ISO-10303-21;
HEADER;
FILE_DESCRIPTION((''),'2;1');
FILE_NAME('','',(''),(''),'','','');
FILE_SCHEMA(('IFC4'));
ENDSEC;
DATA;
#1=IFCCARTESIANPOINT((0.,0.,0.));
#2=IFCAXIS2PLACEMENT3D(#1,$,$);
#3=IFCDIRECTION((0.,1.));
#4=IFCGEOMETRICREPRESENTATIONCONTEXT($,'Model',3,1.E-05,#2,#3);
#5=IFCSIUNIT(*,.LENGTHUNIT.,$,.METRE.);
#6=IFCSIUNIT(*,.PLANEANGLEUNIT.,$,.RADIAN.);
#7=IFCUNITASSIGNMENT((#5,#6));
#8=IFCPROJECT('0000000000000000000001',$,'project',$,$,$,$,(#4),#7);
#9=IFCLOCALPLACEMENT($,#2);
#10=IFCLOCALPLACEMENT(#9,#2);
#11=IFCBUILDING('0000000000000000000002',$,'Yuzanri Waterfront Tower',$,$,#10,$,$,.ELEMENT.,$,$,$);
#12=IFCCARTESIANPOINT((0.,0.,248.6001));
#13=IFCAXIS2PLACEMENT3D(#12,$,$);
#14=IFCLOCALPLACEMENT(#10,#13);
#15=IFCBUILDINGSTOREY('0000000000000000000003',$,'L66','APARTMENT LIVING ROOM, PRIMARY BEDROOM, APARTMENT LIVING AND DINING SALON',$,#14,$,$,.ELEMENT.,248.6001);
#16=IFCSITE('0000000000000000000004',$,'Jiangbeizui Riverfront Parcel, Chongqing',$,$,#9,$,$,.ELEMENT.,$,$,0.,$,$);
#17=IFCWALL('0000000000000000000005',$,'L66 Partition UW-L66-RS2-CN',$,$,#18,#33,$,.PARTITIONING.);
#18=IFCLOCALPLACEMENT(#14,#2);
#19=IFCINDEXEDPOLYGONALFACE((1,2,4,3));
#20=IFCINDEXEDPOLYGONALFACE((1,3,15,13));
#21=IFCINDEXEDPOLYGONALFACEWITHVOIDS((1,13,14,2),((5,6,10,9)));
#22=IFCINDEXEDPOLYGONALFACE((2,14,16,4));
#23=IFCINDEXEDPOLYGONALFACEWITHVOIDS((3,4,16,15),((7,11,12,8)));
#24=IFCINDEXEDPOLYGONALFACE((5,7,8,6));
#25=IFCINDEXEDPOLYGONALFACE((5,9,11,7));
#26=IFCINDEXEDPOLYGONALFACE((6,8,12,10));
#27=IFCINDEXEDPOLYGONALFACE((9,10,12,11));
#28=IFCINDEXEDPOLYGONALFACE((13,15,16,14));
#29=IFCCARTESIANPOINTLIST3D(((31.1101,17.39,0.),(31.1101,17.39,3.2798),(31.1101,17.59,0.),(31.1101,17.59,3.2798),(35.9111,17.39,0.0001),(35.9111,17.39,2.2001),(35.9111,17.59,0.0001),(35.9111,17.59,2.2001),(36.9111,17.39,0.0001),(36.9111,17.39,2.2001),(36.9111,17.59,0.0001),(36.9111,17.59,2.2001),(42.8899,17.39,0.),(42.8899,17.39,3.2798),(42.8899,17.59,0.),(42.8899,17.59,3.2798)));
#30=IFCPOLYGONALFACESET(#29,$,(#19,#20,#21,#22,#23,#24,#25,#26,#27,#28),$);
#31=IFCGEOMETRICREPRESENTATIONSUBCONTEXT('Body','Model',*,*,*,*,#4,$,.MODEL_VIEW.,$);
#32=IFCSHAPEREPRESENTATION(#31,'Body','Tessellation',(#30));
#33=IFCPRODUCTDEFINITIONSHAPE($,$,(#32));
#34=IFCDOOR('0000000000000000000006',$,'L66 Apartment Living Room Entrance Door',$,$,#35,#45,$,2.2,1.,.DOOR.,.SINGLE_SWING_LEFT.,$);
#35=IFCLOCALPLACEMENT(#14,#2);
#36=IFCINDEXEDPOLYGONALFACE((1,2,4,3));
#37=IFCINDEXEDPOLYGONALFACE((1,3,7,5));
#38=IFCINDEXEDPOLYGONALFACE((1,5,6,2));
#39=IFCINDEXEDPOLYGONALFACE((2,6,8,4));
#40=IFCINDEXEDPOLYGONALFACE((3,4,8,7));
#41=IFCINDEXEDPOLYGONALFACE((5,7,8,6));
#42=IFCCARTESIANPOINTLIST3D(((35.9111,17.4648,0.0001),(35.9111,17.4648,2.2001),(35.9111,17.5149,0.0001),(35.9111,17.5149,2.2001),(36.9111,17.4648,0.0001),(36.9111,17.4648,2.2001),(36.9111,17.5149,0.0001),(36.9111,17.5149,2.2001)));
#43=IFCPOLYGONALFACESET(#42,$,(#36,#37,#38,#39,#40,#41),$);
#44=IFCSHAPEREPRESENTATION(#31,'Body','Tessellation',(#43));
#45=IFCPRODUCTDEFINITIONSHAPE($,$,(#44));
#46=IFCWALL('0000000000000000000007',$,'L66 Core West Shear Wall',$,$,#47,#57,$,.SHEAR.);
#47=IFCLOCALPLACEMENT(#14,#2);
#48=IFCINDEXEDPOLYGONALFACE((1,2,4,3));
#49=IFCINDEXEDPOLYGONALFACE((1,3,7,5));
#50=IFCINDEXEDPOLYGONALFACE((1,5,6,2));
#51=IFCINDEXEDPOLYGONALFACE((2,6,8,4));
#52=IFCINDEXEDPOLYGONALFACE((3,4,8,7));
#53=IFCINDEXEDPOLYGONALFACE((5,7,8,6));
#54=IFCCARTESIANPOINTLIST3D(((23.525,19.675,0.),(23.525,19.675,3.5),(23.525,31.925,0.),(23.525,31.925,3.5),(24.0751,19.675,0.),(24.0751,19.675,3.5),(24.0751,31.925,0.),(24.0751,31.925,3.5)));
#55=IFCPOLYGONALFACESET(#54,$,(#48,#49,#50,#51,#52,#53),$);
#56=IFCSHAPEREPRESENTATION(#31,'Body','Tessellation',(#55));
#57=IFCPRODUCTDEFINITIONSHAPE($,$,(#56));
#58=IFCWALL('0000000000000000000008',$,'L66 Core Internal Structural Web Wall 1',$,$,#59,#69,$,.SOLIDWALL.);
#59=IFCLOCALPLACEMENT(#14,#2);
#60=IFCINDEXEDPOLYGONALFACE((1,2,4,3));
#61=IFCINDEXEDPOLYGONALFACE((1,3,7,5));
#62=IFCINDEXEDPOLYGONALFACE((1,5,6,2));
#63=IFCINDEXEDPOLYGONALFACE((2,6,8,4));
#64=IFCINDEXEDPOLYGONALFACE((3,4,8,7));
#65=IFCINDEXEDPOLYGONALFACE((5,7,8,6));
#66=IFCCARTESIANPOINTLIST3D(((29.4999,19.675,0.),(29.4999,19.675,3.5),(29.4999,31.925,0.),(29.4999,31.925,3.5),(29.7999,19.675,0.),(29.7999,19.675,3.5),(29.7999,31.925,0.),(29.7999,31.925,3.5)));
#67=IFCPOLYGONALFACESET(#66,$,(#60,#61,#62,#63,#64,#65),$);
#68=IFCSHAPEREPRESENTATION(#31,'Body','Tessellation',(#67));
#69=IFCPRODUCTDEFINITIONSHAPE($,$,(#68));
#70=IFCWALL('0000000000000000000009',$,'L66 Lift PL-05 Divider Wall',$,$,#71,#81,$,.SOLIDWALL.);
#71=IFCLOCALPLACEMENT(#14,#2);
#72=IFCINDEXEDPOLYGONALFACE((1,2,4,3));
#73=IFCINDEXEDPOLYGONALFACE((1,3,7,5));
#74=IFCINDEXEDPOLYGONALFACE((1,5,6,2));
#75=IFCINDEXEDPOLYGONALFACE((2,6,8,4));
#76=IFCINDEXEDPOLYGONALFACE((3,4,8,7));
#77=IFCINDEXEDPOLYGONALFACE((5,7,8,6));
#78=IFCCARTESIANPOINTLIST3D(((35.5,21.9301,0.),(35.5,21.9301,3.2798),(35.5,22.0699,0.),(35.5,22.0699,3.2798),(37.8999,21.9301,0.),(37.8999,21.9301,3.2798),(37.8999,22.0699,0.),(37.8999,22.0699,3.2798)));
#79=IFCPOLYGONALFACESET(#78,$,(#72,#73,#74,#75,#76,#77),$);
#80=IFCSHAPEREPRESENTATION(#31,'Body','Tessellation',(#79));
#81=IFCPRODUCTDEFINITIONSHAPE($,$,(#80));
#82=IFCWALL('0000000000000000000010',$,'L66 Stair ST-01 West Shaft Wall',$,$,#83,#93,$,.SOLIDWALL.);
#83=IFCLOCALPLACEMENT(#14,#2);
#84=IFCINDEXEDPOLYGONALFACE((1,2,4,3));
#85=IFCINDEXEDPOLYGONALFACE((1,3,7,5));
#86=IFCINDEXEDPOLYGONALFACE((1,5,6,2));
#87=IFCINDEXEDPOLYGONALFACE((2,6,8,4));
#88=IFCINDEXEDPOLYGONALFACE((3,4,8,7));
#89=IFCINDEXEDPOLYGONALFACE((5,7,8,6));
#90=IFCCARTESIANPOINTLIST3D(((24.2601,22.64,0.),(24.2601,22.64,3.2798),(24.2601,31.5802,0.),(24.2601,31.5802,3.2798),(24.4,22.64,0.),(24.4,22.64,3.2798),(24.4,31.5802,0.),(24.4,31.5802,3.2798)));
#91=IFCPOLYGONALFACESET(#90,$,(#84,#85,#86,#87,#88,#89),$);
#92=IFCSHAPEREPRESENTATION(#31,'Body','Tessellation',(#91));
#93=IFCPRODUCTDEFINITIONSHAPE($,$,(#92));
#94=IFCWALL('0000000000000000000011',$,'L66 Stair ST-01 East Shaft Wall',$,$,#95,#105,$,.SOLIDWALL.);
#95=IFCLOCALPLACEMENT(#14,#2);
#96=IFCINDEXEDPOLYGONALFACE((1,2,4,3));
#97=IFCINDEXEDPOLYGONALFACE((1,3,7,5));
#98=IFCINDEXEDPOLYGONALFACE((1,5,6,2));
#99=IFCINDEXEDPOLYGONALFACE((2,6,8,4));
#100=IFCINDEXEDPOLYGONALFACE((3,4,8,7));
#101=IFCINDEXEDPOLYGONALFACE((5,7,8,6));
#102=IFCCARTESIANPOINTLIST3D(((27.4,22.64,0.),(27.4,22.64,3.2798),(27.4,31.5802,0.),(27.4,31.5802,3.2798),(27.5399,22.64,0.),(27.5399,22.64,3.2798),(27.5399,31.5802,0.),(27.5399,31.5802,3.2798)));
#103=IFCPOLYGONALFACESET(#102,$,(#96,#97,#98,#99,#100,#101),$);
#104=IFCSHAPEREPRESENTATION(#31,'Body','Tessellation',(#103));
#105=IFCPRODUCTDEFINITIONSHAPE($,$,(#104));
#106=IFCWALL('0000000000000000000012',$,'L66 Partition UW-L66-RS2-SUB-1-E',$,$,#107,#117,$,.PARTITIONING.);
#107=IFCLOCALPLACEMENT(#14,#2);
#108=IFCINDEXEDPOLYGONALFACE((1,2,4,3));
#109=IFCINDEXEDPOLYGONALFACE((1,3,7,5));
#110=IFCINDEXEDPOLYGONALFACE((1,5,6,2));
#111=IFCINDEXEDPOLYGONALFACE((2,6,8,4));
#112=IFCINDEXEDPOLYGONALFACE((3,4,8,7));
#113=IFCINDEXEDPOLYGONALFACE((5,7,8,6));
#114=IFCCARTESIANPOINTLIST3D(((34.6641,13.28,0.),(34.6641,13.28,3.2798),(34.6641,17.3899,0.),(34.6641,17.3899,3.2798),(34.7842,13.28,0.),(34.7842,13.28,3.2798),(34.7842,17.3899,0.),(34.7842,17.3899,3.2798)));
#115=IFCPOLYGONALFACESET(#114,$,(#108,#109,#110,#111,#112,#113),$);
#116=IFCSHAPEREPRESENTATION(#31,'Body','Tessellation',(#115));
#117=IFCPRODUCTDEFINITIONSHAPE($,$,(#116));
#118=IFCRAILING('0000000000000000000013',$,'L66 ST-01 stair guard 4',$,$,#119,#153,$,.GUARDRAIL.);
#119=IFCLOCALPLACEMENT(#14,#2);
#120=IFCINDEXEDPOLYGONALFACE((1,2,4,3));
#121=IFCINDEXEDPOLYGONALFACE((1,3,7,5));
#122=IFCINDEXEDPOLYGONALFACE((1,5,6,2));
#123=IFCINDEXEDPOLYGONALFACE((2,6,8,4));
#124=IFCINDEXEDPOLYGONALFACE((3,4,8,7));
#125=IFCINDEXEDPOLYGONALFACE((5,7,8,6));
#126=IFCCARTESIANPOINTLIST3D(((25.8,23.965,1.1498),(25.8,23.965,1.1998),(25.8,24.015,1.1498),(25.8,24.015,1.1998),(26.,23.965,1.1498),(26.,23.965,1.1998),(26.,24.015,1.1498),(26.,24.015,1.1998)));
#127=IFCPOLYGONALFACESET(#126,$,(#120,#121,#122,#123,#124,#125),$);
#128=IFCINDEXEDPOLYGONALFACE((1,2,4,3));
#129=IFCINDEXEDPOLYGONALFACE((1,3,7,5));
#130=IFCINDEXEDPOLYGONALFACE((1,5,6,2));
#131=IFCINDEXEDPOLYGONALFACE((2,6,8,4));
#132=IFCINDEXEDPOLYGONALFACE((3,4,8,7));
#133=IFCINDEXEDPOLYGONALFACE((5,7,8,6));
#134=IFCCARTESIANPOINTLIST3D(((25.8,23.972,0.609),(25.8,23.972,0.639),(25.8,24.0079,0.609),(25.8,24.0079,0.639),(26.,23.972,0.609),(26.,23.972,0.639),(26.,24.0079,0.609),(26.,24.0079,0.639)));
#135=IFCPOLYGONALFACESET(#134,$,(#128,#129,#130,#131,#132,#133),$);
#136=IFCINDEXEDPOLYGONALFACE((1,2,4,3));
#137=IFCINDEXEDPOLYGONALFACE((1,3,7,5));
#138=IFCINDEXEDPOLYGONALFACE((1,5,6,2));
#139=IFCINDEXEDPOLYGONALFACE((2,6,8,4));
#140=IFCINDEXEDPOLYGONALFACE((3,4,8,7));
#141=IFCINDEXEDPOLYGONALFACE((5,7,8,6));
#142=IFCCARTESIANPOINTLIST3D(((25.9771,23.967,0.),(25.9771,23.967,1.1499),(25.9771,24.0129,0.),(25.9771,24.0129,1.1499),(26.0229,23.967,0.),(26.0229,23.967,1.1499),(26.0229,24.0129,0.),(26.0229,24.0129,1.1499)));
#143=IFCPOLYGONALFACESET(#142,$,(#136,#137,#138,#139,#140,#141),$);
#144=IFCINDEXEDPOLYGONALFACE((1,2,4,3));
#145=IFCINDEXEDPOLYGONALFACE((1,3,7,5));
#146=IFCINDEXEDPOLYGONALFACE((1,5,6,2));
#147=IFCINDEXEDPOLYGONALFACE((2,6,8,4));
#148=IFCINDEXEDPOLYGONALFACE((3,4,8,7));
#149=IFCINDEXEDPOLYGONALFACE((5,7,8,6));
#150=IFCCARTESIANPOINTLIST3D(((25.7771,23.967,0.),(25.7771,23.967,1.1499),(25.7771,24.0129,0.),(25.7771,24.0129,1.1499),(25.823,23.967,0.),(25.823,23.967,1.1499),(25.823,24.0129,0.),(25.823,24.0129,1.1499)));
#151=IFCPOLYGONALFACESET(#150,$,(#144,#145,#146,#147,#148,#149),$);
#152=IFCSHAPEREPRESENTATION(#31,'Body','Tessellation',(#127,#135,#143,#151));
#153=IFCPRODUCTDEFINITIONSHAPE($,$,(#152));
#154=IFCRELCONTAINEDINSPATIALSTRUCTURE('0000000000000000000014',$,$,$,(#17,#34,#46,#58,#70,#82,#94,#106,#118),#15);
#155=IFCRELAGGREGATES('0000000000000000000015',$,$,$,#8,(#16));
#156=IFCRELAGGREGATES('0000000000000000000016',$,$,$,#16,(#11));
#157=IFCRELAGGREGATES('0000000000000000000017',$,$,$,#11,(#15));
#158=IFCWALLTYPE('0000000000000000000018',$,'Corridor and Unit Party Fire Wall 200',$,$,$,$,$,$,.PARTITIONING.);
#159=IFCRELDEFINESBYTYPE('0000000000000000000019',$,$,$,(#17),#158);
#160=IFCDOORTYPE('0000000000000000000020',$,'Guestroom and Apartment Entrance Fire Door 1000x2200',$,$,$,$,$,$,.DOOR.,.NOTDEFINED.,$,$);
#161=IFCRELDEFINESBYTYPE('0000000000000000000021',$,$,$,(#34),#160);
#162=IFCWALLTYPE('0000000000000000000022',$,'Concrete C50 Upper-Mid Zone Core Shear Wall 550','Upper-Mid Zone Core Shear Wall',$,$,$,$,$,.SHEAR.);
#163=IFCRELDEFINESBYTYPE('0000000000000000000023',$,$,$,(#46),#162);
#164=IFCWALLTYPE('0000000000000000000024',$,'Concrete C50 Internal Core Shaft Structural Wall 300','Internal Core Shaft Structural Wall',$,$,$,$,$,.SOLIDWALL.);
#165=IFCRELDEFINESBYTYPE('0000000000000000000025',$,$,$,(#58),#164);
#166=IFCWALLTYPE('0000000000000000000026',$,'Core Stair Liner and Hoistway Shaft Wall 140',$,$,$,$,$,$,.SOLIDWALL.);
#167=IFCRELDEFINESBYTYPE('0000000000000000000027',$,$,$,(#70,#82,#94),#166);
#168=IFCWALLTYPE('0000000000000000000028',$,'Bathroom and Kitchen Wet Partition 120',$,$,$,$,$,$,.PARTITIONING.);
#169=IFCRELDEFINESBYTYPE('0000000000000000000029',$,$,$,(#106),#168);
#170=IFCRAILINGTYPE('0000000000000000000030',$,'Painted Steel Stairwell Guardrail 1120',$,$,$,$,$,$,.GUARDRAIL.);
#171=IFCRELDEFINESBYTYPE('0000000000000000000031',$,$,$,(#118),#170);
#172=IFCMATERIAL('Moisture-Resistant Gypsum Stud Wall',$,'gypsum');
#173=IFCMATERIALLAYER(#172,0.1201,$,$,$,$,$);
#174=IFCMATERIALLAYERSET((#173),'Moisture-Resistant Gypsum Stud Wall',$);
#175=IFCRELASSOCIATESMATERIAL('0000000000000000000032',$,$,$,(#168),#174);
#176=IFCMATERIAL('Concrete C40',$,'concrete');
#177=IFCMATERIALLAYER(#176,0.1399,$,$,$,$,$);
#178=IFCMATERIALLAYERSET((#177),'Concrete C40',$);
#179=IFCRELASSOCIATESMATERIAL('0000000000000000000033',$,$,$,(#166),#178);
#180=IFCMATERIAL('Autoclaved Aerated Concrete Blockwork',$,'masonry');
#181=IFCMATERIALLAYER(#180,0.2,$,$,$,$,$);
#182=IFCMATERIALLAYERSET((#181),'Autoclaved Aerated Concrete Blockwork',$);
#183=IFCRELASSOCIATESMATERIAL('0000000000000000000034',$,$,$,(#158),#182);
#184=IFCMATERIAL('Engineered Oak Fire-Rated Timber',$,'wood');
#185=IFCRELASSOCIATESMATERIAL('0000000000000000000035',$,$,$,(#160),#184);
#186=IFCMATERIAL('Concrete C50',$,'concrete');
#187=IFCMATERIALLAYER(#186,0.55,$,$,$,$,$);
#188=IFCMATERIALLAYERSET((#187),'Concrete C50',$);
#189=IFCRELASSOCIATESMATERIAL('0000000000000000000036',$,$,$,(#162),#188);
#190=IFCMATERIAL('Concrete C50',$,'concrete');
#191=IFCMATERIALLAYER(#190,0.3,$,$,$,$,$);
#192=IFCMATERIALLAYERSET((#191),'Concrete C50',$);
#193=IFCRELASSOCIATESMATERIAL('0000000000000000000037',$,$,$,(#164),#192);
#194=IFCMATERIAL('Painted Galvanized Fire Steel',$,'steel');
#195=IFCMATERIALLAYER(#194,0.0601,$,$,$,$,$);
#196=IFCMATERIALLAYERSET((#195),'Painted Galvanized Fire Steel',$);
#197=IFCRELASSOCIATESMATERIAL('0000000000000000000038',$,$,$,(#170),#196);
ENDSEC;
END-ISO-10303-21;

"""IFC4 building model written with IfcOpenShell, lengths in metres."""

from ifc_helpers import new_model, si_unit, direction, frame, frame_2d, origin, origin_2d, place, context, subcontext, project, spatial, rectangle, extrude, source, transform, mapped, material, layer, layer_set, type_object, element, fill, save


model = new_model("IFC4")

# Units and contexts
model_context = context("Model", 3, precision=1e-05, world=origin(), true_north=direction((0.0, 1.0)))
body_context = subcontext(model_context, "Body", "Model", "MODEL_VIEW")
ifc_project = project(units=[si_unit("LENGTHUNIT", "METRE"), si_unit("PLANEANGLEUNIT", "RADIAN")], contexts=[model_context])

# Site, building, storey
site_placement = place(None, origin())
site = spatial("IfcSite", under=ifc_project, at=site_placement, Name="Jiangbeizui Riverfront Parcel, Chongqing", CompositionType="ELEMENT", RefElevation=0.0)
building_placement = place(site_placement, origin())
building = spatial("IfcBuilding", under=site, at=building_placement, Name="Yuzanri Waterfront Tower", CompositionType="ELEMENT")
storey_placement = place(building_placement, frame((0.0, 0.0, 248.6001)))
storey = spatial("IfcBuildingStorey", under=building, at=storey_placement, Name="L66", Description="APARTMENT LIVING ROOM, PRIMARY BEDROOM, APARTMENT LIVING AND DINING SALON", CompositionType="ELEMENT", Elevation=248.6001)

# Wall, opening, door
ifc_material_1 = material(Name="Moisture-Resistant Gypsum Stud Wall", Category="gypsum")
ifc_layer_1 = layer(ifc_material_1, 0.1201)
ifc_layer_set_1 = layer_set([ifc_layer_1], Name="Moisture-Resistant Gypsum Stud Wall")
wall_type_1 = type_object("IfcWallType", Name="Bathroom and Kitchen Wet Partition 120", PredefinedType="PARTITIONING", material=ifc_layer_set_1)
ifc_material_2 = material(Name="Concrete C40", Category="concrete")
ifc_layer_2 = layer(ifc_material_2, 0.1399)
ifc_layer_set_2 = layer_set([ifc_layer_2], Name="Concrete C40")
wall_type_2 = type_object("IfcWallType", Name="Core Stair Liner and Hoistway Shaft Wall 140", PredefinedType="SOLIDWALL", material=ifc_layer_set_2)
ifc_material_3 = material(Name="Autoclaved Aerated Concrete Blockwork", Category="masonry")
ifc_layer_3 = layer(ifc_material_3, 0.2)
ifc_layer_set_3 = layer_set([ifc_layer_3], Name="Autoclaved Aerated Concrete Blockwork")
wall_type_3 = type_object("IfcWallType", Name="Corridor and Unit Party Fire Wall 200", PredefinedType="PARTITIONING", material=ifc_layer_set_3)
wall_1_placement = place(storey_placement, frame((31.1101, 17.49, 0.0), z_axis=(0.0, 0.0, 1.0), x_axis=(1.0, 0.0, 0.0)))
wall_1 = element("IfcWall", 1, at=wall_1_placement, inside=storey, type_object=wall_type_3, Name="L66 Partition UW-L66-RS2-CN", PredefinedType="PARTITIONING", context=body_context, shape_type="SweptSolid", body=[
    extrude(rectangle(XDim=11.7798, YDim=0.2, at=frame_2d((5.8899, 0.0))), origin(), (0.0, 0.0, 1.0), 3.2798),
])
opening_1_placement = place(wall_1_placement, frame((4.801, 0.0, 0.0)))
opening_1 = element("IfcOpeningElement", 2, at=opening_1_placement, cuts=wall_1, PredefinedType="OPENING", context=body_context, shape_type="SweptSolid", body=[
    extrude(rectangle(XDim=1.0, YDim=2.2, at=frame_2d((0.5, 1.1001))), frame((0.0, 0.1147, 0.0), z_axis=(0.0, -1.0, 0.0), x_axis=(1.0, 0.0, 0.0)), (0.0, 0.0, 1.0), 0.2297),
])
ifc_material_4 = material(Name="Engineered Oak Fire-Rated Timber", Category="wood")
door_type_1 = type_object("IfcDoorType", Name="Guestroom and Apartment Entrance Fire Door 1000x2200", OperationType="NOTDEFINED", PredefinedType="DOOR", material=ifc_material_4)
shared_shape_1 = source(origin(), body_context, "Body", "SweptSolid", [
    extrude(rectangle(XDim=1.0, YDim=2.2, at=frame_2d((0.5, 1.1001))), frame((0.0, 0.0249, 0.0), z_axis=(0.0, -1.0, 0.0), x_axis=(1.0, 0.0, 0.0)), (0.0, 0.0, 1.0), 0.05),
])
door_1_placement = place(opening_1_placement, origin())
door_1 = element("IfcDoor", 3, at=door_1_placement, inside=storey, type_object=door_type_1, Name="L66 Apartment Living Room Entrance Door", OperationType="SINGLE_SWING_LEFT", OverallHeight=2.2, OverallWidth=1.0, PredefinedType="DOOR", context=body_context, shape_type="MappedRepresentation", body=[
    mapped(shared_shape_1, transform((0.0, 0.0, 0.0), scale=1.0)),
])
fill(opening_1, door_1)

# Walls
ifc_material_5 = material(Name="Concrete C50", Category="concrete")
ifc_layer_4 = layer(ifc_material_5, 0.55)
ifc_layer_set_4 = layer_set([ifc_layer_4], Name="Concrete C50")
wall_type_4 = type_object("IfcWallType", Name="Concrete C50 Upper-Mid Zone Core Shear Wall 550", Description="Upper-Mid Zone Core Shear Wall", PredefinedType="SHEAR", material=ifc_layer_set_4)
shared_shape_2 = source(origin(), body_context, "Body", "SweptSolid", [
    extrude(rectangle(XDim=12.25, YDim=0.55, at=frame_2d((6.125, 0.0))), origin(), (0.0, 0.0, 1.0), 3.5),
])
wall_2_placement = place(storey_placement, frame((23.8, 19.675, 0.0), z_axis=(0.0, 0.0, 1.0), x_axis=(0.0, 1.0, 0.0)))
element("IfcWall", 4, at=wall_2_placement, inside=storey, type_object=wall_type_4, Name="L66 Core West Shear Wall", PredefinedType="SHEAR", context=body_context, shape_type="MappedRepresentation", body=[
    mapped(shared_shape_2, transform((0.0, 0.0, 0.0), scale=1.0)),
])
ifc_material_6 = material(Name="Concrete C50", Category="concrete")
ifc_layer_5 = layer(ifc_material_6, 0.3)
ifc_layer_set_5 = layer_set([ifc_layer_5], Name="Concrete C50")
wall_type_5 = type_object("IfcWallType", Name="Concrete C50 Internal Core Shaft Structural Wall 300", Description="Internal Core Shaft Structural Wall", PredefinedType="SOLIDWALL", material=ifc_layer_set_5)
shared_shape_3 = source(origin(), body_context, "Body", "SweptSolid", [
    extrude(rectangle(XDim=12.25, YDim=0.3, at=frame_2d((6.125, 0.0))), origin(), (0.0, 0.0, 1.0), 3.5),
])
wall_3_placement = place(storey_placement, frame((29.6499, 19.675, 0.0), z_axis=(0.0, 0.0, 1.0), x_axis=(0.0, 1.0, 0.0)))
element("IfcWall", 5, at=wall_3_placement, inside=storey, type_object=wall_type_5, Name="L66 Core Internal Structural Web Wall 1", PredefinedType="SOLIDWALL", context=body_context, shape_type="MappedRepresentation", body=[
    mapped(shared_shape_3, transform((0.0, 0.0, 0.0), scale=1.0)),
])
shared_shape_4 = source(origin(), body_context, "Body", "SweptSolid", [
    extrude(rectangle(XDim=2.3999, YDim=0.1399, at=frame_2d((1.2, 0.0))), origin(), (0.0, 0.0, 1.0), 3.2798),
])
wall_4_placement = place(storey_placement, frame((35.5, 22.0, 0.0), z_axis=(0.0, 0.0, 1.0), x_axis=(1.0, 0.0, 0.0)))
element("IfcWall", 6, at=wall_4_placement, inside=storey, type_object=wall_type_2, Name="L66 Lift PL-05 Divider Wall", PredefinedType="SOLIDWALL", context=body_context, shape_type="MappedRepresentation", body=[
    mapped(shared_shape_4, transform((0.0, 0.0, 0.0), scale=1.0)),
])
shared_shape_5 = source(origin(), body_context, "Body", "SweptSolid", [
    extrude(rectangle(XDim=8.9402, YDim=0.1399, at=frame_2d((4.4702, 0.0))), origin(), (0.0, 0.0, 1.0), 3.2798),
])
for number, where, z_axis, x_axis, name in (
    (7, (24.3301, 22.6399, 0.0), (0.0, 0.0, 1.0), (0.0, 1.0, 0.0), "L66 Stair ST-01 West Shaft Wall"),
    (8, (27.47, 22.6399, 0.0), (0.0, 0.0, 1.0), (0.0, 1.0, 0.0), "L66 Stair ST-01 East Shaft Wall"),
):
    element("IfcWall", number, at=place(storey_placement, frame(where, z_axis=z_axis, x_axis=x_axis)), inside=storey, type_object=wall_type_2, Name=name, PredefinedType="SOLIDWALL", context=body_context, shape_type="MappedRepresentation", body=[
        mapped(shared_shape_5, transform((0.0, 0.0, 0.0), scale=1.0)),
    ])
shared_shape_6 = source(origin(), body_context, "Body", "SweptSolid", [
    extrude(rectangle(XDim=4.1099, YDim=0.1201, at=frame_2d((2.0549, 0.0))), origin(), (0.0, 0.0, 1.0), 3.2798),
])
wall_5_placement = place(storey_placement, frame((34.7241, 13.28, 0.0), z_axis=(0.0, 0.0, 1.0), x_axis=(0.0, 1.0, 0.0)))
element("IfcWall", 9, at=wall_5_placement, inside=storey, type_object=wall_type_1, Name="L66 Partition UW-L66-RS2-SUB-1-E", PredefinedType="PARTITIONING", context=body_context, shape_type="MappedRepresentation", body=[
    mapped(shared_shape_6, transform((0.0, 0.0, 0.0), scale=1.0)),
])

# Railing
ifc_material_7 = material(Name="Painted Galvanized Fire Steel", Category="steel")
ifc_layer_6 = layer(ifc_material_7, 0.0601)
ifc_layer_set_6 = layer_set([ifc_layer_6], Name="Painted Galvanized Fire Steel")
railing_type = type_object("IfcRailingType", Name="Painted Steel Stairwell Guardrail 1120", PredefinedType="GUARDRAIL", material=ifc_layer_set_6)
shared_shape_7 = source(origin(), body_context, "Body", "SweptSolid", [
    extrude(rectangle(XDim=0.05, YDim=0.05, at=origin_2d()), frame((0.0, 0.0, 1.1748), z_axis=(-1.0, 0.0, 0.0), x_axis=(0.0, -1.0, 0.0)), (0.0, 0.0, 1.0), 0.2),
    extrude(rectangle(XDim=0.0359, YDim=0.03, at=origin_2d()), frame((0.0, 0.0, 0.624), z_axis=(-1.0, 0.0, 0.0), x_axis=(0.0, -1.0, 0.0)), (0.0, 0.0, 1.0), 0.2),
    extrude(rectangle(XDim=0.0459, YDim=0.0459, at=origin_2d()), origin(), (0.0, 0.0, 1.0), 1.1499),
    extrude(rectangle(XDim=0.0459, YDim=0.0459, at=origin_2d()), frame((-0.2, 0.0, 0.0)), (0.0, 0.0, 1.0), 1.1499),
])
railing_1_placement = place(storey_placement, frame((26.0, 23.99, 0.0)))
element("IfcRailing", 10, at=railing_1_placement, inside=storey, type_object=railing_type, Name="L66 ST-01 stair guard 4", PredefinedType="GUARDRAIL", context=body_context, shape_type="MappedRepresentation", body=[
    mapped(shared_shape_7, transform((0.0, 0.0, 0.0), scale=1.0)),
])

save(model, "model.ifc")
